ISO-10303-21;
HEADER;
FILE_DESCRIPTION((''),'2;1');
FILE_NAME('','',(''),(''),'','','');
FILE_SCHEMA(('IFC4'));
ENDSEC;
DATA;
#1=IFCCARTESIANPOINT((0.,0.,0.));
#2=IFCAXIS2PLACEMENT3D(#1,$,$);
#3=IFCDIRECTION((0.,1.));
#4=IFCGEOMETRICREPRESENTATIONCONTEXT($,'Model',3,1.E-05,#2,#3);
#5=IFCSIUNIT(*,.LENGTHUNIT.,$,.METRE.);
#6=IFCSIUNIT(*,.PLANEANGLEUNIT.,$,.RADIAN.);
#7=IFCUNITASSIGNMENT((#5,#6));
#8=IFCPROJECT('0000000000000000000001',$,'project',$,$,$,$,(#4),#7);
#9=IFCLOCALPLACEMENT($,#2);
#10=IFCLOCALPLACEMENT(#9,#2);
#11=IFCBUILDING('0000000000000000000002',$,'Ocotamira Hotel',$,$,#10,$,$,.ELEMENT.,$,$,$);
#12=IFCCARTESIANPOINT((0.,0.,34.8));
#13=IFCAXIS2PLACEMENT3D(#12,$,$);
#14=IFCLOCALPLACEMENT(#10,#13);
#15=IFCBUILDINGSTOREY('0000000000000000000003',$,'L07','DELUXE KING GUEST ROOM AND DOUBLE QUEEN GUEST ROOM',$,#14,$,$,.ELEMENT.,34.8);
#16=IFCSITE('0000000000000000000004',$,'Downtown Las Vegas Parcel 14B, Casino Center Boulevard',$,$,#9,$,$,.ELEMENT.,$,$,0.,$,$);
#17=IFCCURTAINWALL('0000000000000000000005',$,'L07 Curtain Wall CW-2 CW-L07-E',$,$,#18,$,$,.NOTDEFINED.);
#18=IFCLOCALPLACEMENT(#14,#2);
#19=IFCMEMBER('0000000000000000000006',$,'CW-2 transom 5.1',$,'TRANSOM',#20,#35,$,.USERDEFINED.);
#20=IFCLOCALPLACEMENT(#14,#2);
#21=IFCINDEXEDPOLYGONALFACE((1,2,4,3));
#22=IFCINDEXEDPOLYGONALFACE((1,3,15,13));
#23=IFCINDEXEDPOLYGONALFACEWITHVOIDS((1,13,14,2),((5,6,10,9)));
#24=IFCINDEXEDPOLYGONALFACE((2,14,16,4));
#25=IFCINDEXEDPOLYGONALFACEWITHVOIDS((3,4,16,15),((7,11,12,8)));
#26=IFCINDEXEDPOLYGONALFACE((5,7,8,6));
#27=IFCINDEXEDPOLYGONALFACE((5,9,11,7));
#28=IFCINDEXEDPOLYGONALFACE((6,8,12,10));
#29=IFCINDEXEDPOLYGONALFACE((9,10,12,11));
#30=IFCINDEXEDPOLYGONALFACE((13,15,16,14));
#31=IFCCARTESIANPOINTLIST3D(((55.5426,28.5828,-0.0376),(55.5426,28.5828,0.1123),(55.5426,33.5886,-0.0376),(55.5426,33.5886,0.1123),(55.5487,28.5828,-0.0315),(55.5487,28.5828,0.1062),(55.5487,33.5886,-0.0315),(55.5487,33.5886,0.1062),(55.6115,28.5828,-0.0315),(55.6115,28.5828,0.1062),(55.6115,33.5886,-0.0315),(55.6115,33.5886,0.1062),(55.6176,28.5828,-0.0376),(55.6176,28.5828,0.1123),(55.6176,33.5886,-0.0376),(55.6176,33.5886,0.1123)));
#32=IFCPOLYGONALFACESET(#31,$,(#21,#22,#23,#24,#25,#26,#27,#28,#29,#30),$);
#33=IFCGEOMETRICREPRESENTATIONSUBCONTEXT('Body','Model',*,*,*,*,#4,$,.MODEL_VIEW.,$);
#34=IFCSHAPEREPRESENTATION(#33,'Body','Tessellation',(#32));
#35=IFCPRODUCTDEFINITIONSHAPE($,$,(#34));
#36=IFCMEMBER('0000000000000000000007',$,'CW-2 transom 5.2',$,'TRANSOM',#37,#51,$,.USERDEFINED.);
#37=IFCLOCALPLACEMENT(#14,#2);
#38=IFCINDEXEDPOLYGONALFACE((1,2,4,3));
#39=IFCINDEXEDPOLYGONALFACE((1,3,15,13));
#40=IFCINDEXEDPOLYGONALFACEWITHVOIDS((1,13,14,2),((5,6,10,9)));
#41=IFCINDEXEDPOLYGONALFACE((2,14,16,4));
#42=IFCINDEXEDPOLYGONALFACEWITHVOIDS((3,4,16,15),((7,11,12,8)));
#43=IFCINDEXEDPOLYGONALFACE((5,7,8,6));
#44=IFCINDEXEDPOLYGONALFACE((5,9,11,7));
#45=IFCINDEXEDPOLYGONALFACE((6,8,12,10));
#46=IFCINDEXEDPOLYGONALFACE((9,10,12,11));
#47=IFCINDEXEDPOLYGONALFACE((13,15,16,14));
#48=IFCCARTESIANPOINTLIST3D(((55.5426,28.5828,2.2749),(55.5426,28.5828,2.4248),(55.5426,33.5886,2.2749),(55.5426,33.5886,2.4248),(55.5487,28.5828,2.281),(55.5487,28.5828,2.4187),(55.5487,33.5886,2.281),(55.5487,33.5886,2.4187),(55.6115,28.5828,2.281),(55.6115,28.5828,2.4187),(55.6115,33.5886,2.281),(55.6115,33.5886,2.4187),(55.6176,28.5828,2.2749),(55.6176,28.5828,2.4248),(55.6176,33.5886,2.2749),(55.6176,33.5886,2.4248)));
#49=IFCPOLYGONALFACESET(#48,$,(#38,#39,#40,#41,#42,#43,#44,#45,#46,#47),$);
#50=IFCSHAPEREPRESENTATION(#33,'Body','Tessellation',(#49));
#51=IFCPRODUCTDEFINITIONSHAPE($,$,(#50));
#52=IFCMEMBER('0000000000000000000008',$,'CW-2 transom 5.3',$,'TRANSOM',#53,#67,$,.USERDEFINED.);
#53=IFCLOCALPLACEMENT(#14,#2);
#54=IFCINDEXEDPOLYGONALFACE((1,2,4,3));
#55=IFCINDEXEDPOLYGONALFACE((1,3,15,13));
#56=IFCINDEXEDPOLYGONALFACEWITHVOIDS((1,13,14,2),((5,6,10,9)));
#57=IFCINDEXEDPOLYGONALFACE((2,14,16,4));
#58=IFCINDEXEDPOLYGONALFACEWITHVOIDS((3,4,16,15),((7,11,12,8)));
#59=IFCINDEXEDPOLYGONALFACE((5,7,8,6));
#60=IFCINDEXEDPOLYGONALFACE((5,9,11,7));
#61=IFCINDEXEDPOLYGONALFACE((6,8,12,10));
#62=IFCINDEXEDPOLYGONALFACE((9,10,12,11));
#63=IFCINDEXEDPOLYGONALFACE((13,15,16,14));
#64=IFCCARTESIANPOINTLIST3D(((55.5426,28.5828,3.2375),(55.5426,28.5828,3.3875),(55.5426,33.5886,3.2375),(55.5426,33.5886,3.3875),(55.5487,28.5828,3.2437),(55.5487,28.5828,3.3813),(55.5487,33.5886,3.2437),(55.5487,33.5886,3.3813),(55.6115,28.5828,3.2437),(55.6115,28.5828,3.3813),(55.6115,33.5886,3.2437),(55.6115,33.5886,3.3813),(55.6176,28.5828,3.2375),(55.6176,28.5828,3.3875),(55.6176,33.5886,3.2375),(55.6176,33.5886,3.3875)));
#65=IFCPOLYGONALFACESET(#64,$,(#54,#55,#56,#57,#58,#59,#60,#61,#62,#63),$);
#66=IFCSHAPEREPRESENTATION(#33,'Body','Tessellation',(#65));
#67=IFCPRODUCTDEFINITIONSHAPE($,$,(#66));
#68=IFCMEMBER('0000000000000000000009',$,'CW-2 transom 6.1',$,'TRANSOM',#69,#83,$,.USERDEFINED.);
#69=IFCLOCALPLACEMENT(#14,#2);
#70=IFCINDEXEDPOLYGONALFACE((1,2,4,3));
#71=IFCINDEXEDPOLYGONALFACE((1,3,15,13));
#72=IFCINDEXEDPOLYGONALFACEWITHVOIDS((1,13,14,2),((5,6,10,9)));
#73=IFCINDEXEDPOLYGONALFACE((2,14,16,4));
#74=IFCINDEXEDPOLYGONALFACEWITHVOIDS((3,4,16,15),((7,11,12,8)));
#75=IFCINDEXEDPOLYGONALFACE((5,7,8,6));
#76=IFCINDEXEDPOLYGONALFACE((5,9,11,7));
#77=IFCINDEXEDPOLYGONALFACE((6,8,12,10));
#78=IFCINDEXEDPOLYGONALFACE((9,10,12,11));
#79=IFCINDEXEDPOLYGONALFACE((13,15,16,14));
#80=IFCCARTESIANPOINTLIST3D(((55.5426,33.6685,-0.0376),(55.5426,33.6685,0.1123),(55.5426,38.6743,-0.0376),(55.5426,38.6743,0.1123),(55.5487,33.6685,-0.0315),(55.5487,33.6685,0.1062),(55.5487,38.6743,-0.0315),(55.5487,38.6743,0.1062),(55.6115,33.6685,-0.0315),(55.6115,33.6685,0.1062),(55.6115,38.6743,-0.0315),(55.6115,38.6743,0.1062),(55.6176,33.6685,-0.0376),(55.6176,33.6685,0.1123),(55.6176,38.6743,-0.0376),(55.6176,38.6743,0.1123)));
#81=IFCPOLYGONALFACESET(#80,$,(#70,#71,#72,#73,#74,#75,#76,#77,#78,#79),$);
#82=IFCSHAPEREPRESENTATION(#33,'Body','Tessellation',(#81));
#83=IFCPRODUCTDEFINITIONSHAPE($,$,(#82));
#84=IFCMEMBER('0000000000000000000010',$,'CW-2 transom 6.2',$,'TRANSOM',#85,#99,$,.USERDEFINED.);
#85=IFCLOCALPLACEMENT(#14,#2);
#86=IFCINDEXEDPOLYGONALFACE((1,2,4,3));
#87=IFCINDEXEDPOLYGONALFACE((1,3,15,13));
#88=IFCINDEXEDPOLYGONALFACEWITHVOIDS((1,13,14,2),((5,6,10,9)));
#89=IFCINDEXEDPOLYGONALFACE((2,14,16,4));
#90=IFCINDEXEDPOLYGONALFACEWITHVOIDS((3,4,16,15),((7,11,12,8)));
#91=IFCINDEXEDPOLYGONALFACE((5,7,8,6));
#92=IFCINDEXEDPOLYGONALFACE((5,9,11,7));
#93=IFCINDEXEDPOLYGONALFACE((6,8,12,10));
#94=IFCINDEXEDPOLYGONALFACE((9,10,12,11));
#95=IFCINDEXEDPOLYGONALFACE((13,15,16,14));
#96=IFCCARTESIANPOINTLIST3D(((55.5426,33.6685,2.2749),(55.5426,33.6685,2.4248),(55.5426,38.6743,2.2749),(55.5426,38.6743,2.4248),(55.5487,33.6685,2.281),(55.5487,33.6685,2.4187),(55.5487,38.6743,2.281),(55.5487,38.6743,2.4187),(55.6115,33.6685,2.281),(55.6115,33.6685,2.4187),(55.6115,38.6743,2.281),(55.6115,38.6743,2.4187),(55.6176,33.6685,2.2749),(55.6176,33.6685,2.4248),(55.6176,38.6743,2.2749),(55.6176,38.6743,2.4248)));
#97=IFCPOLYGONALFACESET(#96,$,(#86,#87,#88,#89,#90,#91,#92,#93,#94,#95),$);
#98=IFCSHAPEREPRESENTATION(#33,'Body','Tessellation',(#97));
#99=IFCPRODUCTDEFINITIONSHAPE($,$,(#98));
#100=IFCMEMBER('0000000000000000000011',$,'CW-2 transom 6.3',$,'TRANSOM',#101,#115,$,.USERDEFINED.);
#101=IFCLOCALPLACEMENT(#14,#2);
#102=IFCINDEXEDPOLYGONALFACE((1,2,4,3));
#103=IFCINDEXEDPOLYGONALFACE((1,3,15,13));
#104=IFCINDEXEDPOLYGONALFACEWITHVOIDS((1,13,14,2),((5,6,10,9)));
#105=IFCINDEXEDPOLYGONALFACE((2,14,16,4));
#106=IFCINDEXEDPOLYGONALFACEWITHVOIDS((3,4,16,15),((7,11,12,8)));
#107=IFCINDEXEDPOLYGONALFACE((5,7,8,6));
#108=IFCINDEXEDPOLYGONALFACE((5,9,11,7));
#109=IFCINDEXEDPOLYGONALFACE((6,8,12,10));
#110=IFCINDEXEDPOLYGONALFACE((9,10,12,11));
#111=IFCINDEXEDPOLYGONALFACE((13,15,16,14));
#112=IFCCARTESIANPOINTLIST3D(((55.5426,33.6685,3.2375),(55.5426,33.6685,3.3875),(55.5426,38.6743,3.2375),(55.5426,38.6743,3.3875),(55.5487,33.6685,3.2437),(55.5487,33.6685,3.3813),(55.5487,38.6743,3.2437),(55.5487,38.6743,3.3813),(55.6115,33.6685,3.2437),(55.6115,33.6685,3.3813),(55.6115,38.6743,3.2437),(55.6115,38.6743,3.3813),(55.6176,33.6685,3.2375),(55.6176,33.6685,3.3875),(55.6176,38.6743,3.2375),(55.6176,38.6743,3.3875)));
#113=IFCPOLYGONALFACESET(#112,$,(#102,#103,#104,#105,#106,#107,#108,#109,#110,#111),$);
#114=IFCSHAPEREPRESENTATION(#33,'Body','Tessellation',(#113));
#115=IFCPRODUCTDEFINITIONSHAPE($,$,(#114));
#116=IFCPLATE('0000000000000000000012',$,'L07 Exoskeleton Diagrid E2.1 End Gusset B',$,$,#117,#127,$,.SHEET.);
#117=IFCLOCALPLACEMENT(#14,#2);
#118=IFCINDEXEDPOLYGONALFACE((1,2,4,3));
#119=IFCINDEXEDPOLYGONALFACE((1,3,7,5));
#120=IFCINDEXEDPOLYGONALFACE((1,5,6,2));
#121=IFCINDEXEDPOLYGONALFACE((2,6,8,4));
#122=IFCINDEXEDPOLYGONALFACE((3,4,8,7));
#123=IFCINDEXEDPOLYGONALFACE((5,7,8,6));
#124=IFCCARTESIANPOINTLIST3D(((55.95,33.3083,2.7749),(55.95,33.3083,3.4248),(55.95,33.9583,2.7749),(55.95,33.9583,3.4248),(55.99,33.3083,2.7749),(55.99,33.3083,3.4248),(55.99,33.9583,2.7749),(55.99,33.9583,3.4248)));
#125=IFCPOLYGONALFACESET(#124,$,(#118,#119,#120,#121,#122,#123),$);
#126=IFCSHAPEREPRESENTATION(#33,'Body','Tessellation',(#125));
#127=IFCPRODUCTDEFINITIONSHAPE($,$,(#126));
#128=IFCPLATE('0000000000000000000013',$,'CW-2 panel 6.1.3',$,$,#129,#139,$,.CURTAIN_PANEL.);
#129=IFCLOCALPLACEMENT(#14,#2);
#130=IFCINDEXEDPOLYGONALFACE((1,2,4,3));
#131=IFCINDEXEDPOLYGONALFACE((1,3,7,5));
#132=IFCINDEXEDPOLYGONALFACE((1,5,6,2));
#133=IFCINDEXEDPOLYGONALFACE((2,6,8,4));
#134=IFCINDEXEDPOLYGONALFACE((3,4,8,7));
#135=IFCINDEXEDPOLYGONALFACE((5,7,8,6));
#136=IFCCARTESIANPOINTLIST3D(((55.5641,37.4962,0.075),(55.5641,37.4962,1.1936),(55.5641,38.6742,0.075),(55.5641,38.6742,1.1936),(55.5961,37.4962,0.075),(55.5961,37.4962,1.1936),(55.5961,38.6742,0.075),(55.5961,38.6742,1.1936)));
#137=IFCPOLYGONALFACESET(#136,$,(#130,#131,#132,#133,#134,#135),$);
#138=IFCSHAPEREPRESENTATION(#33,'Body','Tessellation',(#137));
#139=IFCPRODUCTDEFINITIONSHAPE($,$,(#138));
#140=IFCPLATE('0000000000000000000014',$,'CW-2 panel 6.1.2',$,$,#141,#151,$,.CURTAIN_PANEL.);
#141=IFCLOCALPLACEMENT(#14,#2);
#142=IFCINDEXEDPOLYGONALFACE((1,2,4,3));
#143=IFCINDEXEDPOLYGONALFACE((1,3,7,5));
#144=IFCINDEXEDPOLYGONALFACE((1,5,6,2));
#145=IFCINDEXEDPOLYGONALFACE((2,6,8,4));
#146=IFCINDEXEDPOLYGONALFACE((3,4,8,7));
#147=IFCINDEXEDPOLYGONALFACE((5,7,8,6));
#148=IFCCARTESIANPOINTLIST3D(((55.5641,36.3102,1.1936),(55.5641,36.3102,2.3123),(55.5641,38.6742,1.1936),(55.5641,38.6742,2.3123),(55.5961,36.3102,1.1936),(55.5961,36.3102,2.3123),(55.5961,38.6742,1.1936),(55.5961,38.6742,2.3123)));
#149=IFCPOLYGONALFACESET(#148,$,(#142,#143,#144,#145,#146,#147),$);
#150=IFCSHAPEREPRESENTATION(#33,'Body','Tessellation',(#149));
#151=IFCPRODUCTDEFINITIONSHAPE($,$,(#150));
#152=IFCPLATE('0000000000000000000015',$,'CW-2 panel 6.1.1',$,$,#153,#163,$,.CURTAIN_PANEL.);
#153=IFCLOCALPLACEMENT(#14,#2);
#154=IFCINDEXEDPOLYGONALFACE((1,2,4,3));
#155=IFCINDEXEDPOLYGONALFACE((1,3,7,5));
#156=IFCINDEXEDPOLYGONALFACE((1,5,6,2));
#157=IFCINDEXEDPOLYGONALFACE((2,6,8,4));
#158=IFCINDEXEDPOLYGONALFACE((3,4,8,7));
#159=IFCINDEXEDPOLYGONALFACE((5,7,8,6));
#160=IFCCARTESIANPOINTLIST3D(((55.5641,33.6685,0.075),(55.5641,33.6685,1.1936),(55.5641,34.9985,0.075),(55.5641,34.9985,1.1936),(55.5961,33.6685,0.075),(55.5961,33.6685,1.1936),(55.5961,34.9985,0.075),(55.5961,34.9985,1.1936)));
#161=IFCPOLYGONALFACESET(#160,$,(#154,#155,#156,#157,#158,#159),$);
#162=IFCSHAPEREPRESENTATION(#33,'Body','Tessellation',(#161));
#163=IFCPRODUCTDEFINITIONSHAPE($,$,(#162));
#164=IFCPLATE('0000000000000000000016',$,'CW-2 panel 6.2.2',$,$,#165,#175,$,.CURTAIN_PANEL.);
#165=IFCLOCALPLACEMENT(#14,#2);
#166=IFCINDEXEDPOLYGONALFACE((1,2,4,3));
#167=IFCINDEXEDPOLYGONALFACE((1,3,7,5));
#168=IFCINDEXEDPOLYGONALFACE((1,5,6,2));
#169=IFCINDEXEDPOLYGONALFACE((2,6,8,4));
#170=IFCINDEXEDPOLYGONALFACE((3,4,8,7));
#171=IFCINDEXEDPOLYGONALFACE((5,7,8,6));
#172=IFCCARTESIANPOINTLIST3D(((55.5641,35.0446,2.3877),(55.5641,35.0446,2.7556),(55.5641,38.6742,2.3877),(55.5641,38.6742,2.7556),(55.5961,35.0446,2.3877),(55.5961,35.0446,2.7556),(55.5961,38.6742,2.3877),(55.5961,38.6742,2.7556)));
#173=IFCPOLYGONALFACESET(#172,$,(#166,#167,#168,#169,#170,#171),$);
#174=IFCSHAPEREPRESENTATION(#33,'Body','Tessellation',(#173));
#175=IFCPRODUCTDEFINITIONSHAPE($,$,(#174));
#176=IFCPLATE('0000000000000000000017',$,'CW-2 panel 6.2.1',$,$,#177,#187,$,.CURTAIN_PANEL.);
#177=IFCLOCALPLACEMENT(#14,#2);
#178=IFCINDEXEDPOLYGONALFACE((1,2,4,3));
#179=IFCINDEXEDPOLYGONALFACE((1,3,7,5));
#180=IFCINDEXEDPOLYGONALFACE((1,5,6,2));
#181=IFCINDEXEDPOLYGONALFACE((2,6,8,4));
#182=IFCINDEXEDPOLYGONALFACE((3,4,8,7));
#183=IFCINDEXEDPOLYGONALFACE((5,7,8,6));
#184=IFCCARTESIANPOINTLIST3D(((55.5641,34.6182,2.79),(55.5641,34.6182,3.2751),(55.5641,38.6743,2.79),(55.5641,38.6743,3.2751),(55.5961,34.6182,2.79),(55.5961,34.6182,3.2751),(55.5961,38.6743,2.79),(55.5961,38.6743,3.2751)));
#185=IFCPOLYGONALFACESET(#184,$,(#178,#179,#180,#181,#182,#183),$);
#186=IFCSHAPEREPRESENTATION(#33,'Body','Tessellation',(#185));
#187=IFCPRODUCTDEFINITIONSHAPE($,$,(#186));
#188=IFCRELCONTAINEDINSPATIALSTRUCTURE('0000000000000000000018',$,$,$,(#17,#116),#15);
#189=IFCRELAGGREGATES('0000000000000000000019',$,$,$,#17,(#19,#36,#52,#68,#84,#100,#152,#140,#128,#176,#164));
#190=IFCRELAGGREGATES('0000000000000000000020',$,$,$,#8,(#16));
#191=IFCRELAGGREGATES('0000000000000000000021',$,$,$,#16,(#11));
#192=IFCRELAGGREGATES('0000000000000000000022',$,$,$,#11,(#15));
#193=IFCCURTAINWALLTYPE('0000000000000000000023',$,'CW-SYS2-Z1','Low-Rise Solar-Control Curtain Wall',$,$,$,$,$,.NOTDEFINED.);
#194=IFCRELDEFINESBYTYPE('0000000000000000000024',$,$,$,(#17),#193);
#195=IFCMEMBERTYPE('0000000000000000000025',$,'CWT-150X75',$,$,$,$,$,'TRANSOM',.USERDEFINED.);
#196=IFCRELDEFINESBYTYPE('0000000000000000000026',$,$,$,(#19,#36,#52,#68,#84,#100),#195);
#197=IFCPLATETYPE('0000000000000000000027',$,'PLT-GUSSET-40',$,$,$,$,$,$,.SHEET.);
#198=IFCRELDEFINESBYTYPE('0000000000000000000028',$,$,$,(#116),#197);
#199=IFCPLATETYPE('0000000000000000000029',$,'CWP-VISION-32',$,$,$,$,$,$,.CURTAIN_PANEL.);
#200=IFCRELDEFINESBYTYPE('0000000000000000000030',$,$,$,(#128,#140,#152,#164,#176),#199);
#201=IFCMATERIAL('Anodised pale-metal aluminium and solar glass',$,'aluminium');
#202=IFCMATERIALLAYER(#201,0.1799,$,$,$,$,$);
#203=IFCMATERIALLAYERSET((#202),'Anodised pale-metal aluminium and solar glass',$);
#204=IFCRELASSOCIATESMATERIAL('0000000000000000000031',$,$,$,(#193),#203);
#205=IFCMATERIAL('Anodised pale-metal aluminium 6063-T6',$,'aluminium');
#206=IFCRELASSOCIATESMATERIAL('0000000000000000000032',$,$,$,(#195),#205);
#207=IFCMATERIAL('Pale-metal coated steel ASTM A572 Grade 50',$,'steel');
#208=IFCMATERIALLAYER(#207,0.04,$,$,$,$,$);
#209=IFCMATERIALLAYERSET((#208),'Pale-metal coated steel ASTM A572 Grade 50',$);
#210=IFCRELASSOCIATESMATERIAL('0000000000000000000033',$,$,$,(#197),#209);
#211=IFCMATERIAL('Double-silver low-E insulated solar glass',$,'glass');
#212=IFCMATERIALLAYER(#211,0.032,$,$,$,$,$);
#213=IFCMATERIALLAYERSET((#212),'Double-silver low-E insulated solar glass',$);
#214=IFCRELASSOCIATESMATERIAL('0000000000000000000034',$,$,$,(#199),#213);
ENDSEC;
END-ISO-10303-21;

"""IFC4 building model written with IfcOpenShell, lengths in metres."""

from ifc_helpers import new_model, si_unit, direction, frame, origin, origin_2d, place, context, subcontext, project, spatial, rectangle, hollow_rectangle, extrude, source, transform, mapped, material, layer, layer_set, material_profile, profile_set, type_object, element, aggregate, save


model = new_model("IFC4")

# Units and contexts
model_context = context("Model", 3, precision=1e-05, world=origin(), true_north=direction((0.0, 1.0)))
body_context = subcontext(model_context, "Body", "Model", "MODEL_VIEW")
ifc_project = project(units=[si_unit("LENGTHUNIT", "METRE"), si_unit("PLANEANGLEUNIT", "RADIAN")], contexts=[model_context])

# Site, building, storey
site_placement = place(None, origin())
site = spatial("IfcSite", under=ifc_project, at=site_placement, Name="Downtown Las Vegas Parcel 14B, Casino Center Boulevard", CompositionType="ELEMENT", RefElevation=0.0)
building_placement = place(site_placement, origin())
building = spatial("IfcBuilding", under=site, at=building_placement, Name="Ocotamira Hotel", CompositionType="ELEMENT")
storey_placement = place(building_placement, frame((0.0, 0.0, 34.8)))
storey = spatial("IfcBuildingStorey", under=building, at=storey_placement, Name="L07", Description="DELUXE KING GUEST ROOM AND DOUBLE QUEEN GUEST ROOM", CompositionType="ELEMENT", Elevation=34.8)

# Curtain wall, members
ifc_material_1 = material(Name="Anodised pale-metal aluminium and solar glass", Category="aluminium")
ifc_layer_1 = layer(ifc_material_1, 0.1799)
ifc_layer_set_1 = layer_set([ifc_layer_1], Name="Anodised pale-metal aluminium and solar glass")
curtain_wall_type = type_object("IfcCurtainWallType", Name="CW-SYS2-Z1", Description="Low-Rise Solar-Control Curtain Wall", PredefinedType="NOTDEFINED", material=ifc_layer_set_1)
curtain_wall_placement = place(storey_placement, origin())
curtain_wall = element("IfcCurtainWall", 1, at=curtain_wall_placement, inside=storey, type_object=curtain_wall_type, Name="L07 Curtain Wall CW-2 CW-L07-E", PredefinedType="NOTDEFINED")
ifc_material_2 = material(Name="Anodised pale-metal aluminium 6063-T6", Category="aluminium")
ifc_material_profile_1 = material_profile(ifc_material_2, hollow_rectangle(XDim=0.075, YDim=0.1499, WallThickness=0.0061, at=origin_2d()), Name="HSS150X75X6")
ifc_profile_set_1 = profile_set([ifc_material_profile_1], Name="Anodised pale-metal aluminium 6063-T6")
member_type_1 = type_object("IfcMemberType", Name="CWT-150X75", ElementType="TRANSOM", PredefinedType="USERDEFINED", material=ifc_profile_set_1)
shared_shape_1 = source(origin(), body_context, "Body", "SweptSolid", [
    extrude(hollow_rectangle(XDim=0.075, YDim=0.1499, WallThickness=0.0061, at=origin_2d()), origin(), (0.0, 0.0, 1.0), 5.0059),
])
member_1_placement = place(storey_placement, frame((55.5801, 28.5828, 0.0374), z_axis=(0.0, 1.0, 0.0), x_axis=(-1.0, 0.0, 0.0)))
member_1 = element("IfcMember", 2, at=member_1_placement, type_object=member_type_1, Name="CW-2 transom 5.1", ObjectType="TRANSOM", PredefinedType="USERDEFINED", context=body_context, shape_type="MappedRepresentation", body=[
    mapped(shared_shape_1, transform((0.0, 0.0, 0.0), scale=1.0)),
])
member_2_placement = place(storey_placement, frame((55.5801, 28.5828, 2.3499), z_axis=(0.0, 1.0, 0.0), x_axis=(-1.0, 0.0, 0.0)))
member_2 = element("IfcMember", 3, at=member_2_placement, type_object=member_type_1, Name="CW-2 transom 5.2", ObjectType="TRANSOM", PredefinedType="USERDEFINED", context=body_context, shape_type="MappedRepresentation", body=[
    mapped(shared_shape_1, transform((0.0, 0.0, 0.0), scale=1.0)),
])
member_3_placement = place(storey_placement, frame((55.5801, 28.5828, 3.3125), z_axis=(0.0, 1.0, 0.0), x_axis=(-1.0, 0.0, 0.0)))
member_3 = element("IfcMember", 4, at=member_3_placement, type_object=member_type_1, Name="CW-2 transom 5.3", ObjectType="TRANSOM", PredefinedType="USERDEFINED", context=body_context, shape_type="MappedRepresentation", body=[
    mapped(shared_shape_1, transform((0.0, 0.0, 0.0), scale=1.0)),
])
member_4_placement = place(storey_placement, frame((55.5801, 33.6685, 0.0374), z_axis=(0.0, 1.0, 0.0), x_axis=(-1.0, 0.0, 0.0)))
member_4 = element("IfcMember", 5, at=member_4_placement, type_object=member_type_1, Name="CW-2 transom 6.1", ObjectType="TRANSOM", PredefinedType="USERDEFINED", context=body_context, shape_type="MappedRepresentation", body=[
    mapped(shared_shape_1, transform((0.0, 0.0, 0.0), scale=1.0)),
])
member_5_placement = place(storey_placement, frame((55.5801, 33.6685, 2.3499), z_axis=(0.0, 1.0, 0.0), x_axis=(-1.0, 0.0, 0.0)))
member_5 = element("IfcMember", 6, at=member_5_placement, type_object=member_type_1, Name="CW-2 transom 6.2", ObjectType="TRANSOM", PredefinedType="USERDEFINED", context=body_context, shape_type="MappedRepresentation", body=[
    mapped(shared_shape_1, transform((0.0, 0.0, 0.0), scale=1.0)),
])
member_6_placement = place(storey_placement, frame((55.5801, 33.6685, 3.3125), z_axis=(0.0, 1.0, 0.0), x_axis=(-1.0, 0.0, 0.0)))
member_6 = element("IfcMember", 7, at=member_6_placement, type_object=member_type_1, Name="CW-2 transom 6.3", ObjectType="TRANSOM", PredefinedType="USERDEFINED", context=body_context, shape_type="MappedRepresentation", body=[
    mapped(shared_shape_1, transform((0.0, 0.0, 0.0), scale=1.0)),
])

# Plates
ifc_material_3 = material(Name="Pale-metal coated steel ASTM A572 Grade 50", Category="steel")
ifc_layer_2 = layer(ifc_material_3, 0.04)
ifc_layer_set_2 = layer_set([ifc_layer_2], Name="Pale-metal coated steel ASTM A572 Grade 50")
plate_type_1 = type_object("IfcPlateType", Name="PLT-GUSSET-40", PredefinedType="SHEET", material=ifc_layer_set_2)
shared_shape_2 = source(origin(), body_context, "Body", "SweptSolid", [
    extrude(rectangle(XDim=0.04, YDim=0.6499, at=origin_2d()), origin(), (0.0, 0.0, 1.0), 0.6499),
])
plate_1_placement = place(storey_placement, frame((55.97, 33.6333, 2.7749), z_axis=(0.0, 0.0, 1.0), x_axis=(1.0, 0.0, 0.0)))
element("IfcPlate", 8, at=plate_1_placement, inside=storey, type_object=plate_type_1, Name="L07 Exoskeleton Diagrid E2.1 End Gusset B", PredefinedType="SHEET", context=body_context, shape_type="MappedRepresentation", body=[
    mapped(shared_shape_2, transform((0.0, 0.0, 0.0), scale=1.0)),
])
ifc_material_4 = material(Name="Double-silver low-E insulated solar glass", Category="glass")
ifc_layer_3 = layer(ifc_material_4, 0.032)
ifc_layer_set_3 = layer_set([ifc_layer_3], Name="Double-silver low-E insulated solar glass")
plate_type_2 = type_object("IfcPlateType", Name="CWP-VISION-32", PredefinedType="CURTAIN_PANEL", material=ifc_layer_set_3)
shared_shape_3 = source(origin(), body_context, "Body", "SweptSolid", [
    extrude(rectangle(XDim=1.178, YDim=0.032, at=origin_2d()), origin(), (0.0, 0.0, 1.0), 1.1187),
])
plate_2_placement = place(storey_placement, frame((55.5801, 38.0852, 0.075), z_axis=(0.0, 0.0, 1.0), x_axis=(0.0, 1.0, 0.0)))
plate_2 = element("IfcPlate", 9, at=plate_2_placement, type_object=plate_type_2, Name="CW-2 panel 6.1.3", PredefinedType="CURTAIN_PANEL", context=body_context, shape_type="MappedRepresentation", body=[
    mapped(shared_shape_3, transform((0.0, 0.0, 0.0), scale=1.0)),
])
shared_shape_4 = source(origin(), body_context, "Body", "SweptSolid", [
    extrude(rectangle(XDim=2.364, YDim=0.032, at=origin_2d()), origin(), (0.0, 0.0, 1.0), 1.1187),
])
plate_3_placement = place(storey_placement, frame((55.5801, 37.4922, 1.1936), z_axis=(0.0, 0.0, 1.0), x_axis=(0.0, 1.0, 0.0)))
plate_3 = element("IfcPlate", 10, at=plate_3_placement, type_object=plate_type_2, Name="CW-2 panel 6.1.2", PredefinedType="CURTAIN_PANEL", context=body_context, shape_type="MappedRepresentation", body=[
    mapped(shared_shape_4, transform((0.0, 0.0, 0.0), scale=1.0)),
])
shared_shape_5 = source(origin(), body_context, "Body", "SweptSolid", [
    extrude(rectangle(XDim=1.3301, YDim=0.032, at=origin_2d()), origin(), (0.0, 0.0, 1.0), 1.1187),
])
plate_4_placement = place(storey_placement, frame((55.5801, 34.3335, 0.075), z_axis=(0.0, 0.0, 1.0), x_axis=(0.0, 1.0, 0.0)))
plate_4 = element("IfcPlate", 11, at=plate_4_placement, type_object=plate_type_2, Name="CW-2 panel 6.1.1", PredefinedType="CURTAIN_PANEL", context=body_context, shape_type="MappedRepresentation", body=[
    mapped(shared_shape_5, transform((0.0, 0.0, 0.0), scale=1.0)),
])
shared_shape_6 = source(origin(), body_context, "Body", "SweptSolid", [
    extrude(rectangle(XDim=3.6296, YDim=0.032, at=origin_2d()), origin(), (0.0, 0.0, 1.0), 0.3679),
])
plate_5_placement = place(storey_placement, frame((55.5801, 36.8594, 2.3877), z_axis=(0.0, 0.0, 1.0), x_axis=(0.0, 1.0, 0.0)))
plate_5 = element("IfcPlate", 12, at=plate_5_placement, type_object=plate_type_2, Name="CW-2 panel 6.2.2", PredefinedType="CURTAIN_PANEL", context=body_context, shape_type="MappedRepresentation", body=[
    mapped(shared_shape_6, transform((0.0, 0.0, 0.0), scale=1.0)),
])
shared_shape_7 = source(origin(), body_context, "Body", "SweptSolid", [
    extrude(rectangle(XDim=4.0562, YDim=0.032, at=origin_2d()), origin(), (0.0, 0.0, 1.0), 0.4851),
])
plate_6_placement = place(storey_placement, frame((55.5801, 36.6462, 2.79), z_axis=(0.0, 0.0, 1.0), x_axis=(0.0, 1.0, 0.0)))
plate_6 = element("IfcPlate", 13, at=plate_6_placement, type_object=plate_type_2, Name="CW-2 panel 6.2.1", PredefinedType="CURTAIN_PANEL", context=body_context, shape_type="MappedRepresentation", body=[
    mapped(shared_shape_7, transform((0.0, 0.0, 0.0), scale=1.0)),
])
aggregate(curtain_wall, [member_1, member_2, member_3, member_4, member_5, member_6, plate_4, plate_3, plate_2, plate_6, plate_5])

save(model, "model.ifc")
